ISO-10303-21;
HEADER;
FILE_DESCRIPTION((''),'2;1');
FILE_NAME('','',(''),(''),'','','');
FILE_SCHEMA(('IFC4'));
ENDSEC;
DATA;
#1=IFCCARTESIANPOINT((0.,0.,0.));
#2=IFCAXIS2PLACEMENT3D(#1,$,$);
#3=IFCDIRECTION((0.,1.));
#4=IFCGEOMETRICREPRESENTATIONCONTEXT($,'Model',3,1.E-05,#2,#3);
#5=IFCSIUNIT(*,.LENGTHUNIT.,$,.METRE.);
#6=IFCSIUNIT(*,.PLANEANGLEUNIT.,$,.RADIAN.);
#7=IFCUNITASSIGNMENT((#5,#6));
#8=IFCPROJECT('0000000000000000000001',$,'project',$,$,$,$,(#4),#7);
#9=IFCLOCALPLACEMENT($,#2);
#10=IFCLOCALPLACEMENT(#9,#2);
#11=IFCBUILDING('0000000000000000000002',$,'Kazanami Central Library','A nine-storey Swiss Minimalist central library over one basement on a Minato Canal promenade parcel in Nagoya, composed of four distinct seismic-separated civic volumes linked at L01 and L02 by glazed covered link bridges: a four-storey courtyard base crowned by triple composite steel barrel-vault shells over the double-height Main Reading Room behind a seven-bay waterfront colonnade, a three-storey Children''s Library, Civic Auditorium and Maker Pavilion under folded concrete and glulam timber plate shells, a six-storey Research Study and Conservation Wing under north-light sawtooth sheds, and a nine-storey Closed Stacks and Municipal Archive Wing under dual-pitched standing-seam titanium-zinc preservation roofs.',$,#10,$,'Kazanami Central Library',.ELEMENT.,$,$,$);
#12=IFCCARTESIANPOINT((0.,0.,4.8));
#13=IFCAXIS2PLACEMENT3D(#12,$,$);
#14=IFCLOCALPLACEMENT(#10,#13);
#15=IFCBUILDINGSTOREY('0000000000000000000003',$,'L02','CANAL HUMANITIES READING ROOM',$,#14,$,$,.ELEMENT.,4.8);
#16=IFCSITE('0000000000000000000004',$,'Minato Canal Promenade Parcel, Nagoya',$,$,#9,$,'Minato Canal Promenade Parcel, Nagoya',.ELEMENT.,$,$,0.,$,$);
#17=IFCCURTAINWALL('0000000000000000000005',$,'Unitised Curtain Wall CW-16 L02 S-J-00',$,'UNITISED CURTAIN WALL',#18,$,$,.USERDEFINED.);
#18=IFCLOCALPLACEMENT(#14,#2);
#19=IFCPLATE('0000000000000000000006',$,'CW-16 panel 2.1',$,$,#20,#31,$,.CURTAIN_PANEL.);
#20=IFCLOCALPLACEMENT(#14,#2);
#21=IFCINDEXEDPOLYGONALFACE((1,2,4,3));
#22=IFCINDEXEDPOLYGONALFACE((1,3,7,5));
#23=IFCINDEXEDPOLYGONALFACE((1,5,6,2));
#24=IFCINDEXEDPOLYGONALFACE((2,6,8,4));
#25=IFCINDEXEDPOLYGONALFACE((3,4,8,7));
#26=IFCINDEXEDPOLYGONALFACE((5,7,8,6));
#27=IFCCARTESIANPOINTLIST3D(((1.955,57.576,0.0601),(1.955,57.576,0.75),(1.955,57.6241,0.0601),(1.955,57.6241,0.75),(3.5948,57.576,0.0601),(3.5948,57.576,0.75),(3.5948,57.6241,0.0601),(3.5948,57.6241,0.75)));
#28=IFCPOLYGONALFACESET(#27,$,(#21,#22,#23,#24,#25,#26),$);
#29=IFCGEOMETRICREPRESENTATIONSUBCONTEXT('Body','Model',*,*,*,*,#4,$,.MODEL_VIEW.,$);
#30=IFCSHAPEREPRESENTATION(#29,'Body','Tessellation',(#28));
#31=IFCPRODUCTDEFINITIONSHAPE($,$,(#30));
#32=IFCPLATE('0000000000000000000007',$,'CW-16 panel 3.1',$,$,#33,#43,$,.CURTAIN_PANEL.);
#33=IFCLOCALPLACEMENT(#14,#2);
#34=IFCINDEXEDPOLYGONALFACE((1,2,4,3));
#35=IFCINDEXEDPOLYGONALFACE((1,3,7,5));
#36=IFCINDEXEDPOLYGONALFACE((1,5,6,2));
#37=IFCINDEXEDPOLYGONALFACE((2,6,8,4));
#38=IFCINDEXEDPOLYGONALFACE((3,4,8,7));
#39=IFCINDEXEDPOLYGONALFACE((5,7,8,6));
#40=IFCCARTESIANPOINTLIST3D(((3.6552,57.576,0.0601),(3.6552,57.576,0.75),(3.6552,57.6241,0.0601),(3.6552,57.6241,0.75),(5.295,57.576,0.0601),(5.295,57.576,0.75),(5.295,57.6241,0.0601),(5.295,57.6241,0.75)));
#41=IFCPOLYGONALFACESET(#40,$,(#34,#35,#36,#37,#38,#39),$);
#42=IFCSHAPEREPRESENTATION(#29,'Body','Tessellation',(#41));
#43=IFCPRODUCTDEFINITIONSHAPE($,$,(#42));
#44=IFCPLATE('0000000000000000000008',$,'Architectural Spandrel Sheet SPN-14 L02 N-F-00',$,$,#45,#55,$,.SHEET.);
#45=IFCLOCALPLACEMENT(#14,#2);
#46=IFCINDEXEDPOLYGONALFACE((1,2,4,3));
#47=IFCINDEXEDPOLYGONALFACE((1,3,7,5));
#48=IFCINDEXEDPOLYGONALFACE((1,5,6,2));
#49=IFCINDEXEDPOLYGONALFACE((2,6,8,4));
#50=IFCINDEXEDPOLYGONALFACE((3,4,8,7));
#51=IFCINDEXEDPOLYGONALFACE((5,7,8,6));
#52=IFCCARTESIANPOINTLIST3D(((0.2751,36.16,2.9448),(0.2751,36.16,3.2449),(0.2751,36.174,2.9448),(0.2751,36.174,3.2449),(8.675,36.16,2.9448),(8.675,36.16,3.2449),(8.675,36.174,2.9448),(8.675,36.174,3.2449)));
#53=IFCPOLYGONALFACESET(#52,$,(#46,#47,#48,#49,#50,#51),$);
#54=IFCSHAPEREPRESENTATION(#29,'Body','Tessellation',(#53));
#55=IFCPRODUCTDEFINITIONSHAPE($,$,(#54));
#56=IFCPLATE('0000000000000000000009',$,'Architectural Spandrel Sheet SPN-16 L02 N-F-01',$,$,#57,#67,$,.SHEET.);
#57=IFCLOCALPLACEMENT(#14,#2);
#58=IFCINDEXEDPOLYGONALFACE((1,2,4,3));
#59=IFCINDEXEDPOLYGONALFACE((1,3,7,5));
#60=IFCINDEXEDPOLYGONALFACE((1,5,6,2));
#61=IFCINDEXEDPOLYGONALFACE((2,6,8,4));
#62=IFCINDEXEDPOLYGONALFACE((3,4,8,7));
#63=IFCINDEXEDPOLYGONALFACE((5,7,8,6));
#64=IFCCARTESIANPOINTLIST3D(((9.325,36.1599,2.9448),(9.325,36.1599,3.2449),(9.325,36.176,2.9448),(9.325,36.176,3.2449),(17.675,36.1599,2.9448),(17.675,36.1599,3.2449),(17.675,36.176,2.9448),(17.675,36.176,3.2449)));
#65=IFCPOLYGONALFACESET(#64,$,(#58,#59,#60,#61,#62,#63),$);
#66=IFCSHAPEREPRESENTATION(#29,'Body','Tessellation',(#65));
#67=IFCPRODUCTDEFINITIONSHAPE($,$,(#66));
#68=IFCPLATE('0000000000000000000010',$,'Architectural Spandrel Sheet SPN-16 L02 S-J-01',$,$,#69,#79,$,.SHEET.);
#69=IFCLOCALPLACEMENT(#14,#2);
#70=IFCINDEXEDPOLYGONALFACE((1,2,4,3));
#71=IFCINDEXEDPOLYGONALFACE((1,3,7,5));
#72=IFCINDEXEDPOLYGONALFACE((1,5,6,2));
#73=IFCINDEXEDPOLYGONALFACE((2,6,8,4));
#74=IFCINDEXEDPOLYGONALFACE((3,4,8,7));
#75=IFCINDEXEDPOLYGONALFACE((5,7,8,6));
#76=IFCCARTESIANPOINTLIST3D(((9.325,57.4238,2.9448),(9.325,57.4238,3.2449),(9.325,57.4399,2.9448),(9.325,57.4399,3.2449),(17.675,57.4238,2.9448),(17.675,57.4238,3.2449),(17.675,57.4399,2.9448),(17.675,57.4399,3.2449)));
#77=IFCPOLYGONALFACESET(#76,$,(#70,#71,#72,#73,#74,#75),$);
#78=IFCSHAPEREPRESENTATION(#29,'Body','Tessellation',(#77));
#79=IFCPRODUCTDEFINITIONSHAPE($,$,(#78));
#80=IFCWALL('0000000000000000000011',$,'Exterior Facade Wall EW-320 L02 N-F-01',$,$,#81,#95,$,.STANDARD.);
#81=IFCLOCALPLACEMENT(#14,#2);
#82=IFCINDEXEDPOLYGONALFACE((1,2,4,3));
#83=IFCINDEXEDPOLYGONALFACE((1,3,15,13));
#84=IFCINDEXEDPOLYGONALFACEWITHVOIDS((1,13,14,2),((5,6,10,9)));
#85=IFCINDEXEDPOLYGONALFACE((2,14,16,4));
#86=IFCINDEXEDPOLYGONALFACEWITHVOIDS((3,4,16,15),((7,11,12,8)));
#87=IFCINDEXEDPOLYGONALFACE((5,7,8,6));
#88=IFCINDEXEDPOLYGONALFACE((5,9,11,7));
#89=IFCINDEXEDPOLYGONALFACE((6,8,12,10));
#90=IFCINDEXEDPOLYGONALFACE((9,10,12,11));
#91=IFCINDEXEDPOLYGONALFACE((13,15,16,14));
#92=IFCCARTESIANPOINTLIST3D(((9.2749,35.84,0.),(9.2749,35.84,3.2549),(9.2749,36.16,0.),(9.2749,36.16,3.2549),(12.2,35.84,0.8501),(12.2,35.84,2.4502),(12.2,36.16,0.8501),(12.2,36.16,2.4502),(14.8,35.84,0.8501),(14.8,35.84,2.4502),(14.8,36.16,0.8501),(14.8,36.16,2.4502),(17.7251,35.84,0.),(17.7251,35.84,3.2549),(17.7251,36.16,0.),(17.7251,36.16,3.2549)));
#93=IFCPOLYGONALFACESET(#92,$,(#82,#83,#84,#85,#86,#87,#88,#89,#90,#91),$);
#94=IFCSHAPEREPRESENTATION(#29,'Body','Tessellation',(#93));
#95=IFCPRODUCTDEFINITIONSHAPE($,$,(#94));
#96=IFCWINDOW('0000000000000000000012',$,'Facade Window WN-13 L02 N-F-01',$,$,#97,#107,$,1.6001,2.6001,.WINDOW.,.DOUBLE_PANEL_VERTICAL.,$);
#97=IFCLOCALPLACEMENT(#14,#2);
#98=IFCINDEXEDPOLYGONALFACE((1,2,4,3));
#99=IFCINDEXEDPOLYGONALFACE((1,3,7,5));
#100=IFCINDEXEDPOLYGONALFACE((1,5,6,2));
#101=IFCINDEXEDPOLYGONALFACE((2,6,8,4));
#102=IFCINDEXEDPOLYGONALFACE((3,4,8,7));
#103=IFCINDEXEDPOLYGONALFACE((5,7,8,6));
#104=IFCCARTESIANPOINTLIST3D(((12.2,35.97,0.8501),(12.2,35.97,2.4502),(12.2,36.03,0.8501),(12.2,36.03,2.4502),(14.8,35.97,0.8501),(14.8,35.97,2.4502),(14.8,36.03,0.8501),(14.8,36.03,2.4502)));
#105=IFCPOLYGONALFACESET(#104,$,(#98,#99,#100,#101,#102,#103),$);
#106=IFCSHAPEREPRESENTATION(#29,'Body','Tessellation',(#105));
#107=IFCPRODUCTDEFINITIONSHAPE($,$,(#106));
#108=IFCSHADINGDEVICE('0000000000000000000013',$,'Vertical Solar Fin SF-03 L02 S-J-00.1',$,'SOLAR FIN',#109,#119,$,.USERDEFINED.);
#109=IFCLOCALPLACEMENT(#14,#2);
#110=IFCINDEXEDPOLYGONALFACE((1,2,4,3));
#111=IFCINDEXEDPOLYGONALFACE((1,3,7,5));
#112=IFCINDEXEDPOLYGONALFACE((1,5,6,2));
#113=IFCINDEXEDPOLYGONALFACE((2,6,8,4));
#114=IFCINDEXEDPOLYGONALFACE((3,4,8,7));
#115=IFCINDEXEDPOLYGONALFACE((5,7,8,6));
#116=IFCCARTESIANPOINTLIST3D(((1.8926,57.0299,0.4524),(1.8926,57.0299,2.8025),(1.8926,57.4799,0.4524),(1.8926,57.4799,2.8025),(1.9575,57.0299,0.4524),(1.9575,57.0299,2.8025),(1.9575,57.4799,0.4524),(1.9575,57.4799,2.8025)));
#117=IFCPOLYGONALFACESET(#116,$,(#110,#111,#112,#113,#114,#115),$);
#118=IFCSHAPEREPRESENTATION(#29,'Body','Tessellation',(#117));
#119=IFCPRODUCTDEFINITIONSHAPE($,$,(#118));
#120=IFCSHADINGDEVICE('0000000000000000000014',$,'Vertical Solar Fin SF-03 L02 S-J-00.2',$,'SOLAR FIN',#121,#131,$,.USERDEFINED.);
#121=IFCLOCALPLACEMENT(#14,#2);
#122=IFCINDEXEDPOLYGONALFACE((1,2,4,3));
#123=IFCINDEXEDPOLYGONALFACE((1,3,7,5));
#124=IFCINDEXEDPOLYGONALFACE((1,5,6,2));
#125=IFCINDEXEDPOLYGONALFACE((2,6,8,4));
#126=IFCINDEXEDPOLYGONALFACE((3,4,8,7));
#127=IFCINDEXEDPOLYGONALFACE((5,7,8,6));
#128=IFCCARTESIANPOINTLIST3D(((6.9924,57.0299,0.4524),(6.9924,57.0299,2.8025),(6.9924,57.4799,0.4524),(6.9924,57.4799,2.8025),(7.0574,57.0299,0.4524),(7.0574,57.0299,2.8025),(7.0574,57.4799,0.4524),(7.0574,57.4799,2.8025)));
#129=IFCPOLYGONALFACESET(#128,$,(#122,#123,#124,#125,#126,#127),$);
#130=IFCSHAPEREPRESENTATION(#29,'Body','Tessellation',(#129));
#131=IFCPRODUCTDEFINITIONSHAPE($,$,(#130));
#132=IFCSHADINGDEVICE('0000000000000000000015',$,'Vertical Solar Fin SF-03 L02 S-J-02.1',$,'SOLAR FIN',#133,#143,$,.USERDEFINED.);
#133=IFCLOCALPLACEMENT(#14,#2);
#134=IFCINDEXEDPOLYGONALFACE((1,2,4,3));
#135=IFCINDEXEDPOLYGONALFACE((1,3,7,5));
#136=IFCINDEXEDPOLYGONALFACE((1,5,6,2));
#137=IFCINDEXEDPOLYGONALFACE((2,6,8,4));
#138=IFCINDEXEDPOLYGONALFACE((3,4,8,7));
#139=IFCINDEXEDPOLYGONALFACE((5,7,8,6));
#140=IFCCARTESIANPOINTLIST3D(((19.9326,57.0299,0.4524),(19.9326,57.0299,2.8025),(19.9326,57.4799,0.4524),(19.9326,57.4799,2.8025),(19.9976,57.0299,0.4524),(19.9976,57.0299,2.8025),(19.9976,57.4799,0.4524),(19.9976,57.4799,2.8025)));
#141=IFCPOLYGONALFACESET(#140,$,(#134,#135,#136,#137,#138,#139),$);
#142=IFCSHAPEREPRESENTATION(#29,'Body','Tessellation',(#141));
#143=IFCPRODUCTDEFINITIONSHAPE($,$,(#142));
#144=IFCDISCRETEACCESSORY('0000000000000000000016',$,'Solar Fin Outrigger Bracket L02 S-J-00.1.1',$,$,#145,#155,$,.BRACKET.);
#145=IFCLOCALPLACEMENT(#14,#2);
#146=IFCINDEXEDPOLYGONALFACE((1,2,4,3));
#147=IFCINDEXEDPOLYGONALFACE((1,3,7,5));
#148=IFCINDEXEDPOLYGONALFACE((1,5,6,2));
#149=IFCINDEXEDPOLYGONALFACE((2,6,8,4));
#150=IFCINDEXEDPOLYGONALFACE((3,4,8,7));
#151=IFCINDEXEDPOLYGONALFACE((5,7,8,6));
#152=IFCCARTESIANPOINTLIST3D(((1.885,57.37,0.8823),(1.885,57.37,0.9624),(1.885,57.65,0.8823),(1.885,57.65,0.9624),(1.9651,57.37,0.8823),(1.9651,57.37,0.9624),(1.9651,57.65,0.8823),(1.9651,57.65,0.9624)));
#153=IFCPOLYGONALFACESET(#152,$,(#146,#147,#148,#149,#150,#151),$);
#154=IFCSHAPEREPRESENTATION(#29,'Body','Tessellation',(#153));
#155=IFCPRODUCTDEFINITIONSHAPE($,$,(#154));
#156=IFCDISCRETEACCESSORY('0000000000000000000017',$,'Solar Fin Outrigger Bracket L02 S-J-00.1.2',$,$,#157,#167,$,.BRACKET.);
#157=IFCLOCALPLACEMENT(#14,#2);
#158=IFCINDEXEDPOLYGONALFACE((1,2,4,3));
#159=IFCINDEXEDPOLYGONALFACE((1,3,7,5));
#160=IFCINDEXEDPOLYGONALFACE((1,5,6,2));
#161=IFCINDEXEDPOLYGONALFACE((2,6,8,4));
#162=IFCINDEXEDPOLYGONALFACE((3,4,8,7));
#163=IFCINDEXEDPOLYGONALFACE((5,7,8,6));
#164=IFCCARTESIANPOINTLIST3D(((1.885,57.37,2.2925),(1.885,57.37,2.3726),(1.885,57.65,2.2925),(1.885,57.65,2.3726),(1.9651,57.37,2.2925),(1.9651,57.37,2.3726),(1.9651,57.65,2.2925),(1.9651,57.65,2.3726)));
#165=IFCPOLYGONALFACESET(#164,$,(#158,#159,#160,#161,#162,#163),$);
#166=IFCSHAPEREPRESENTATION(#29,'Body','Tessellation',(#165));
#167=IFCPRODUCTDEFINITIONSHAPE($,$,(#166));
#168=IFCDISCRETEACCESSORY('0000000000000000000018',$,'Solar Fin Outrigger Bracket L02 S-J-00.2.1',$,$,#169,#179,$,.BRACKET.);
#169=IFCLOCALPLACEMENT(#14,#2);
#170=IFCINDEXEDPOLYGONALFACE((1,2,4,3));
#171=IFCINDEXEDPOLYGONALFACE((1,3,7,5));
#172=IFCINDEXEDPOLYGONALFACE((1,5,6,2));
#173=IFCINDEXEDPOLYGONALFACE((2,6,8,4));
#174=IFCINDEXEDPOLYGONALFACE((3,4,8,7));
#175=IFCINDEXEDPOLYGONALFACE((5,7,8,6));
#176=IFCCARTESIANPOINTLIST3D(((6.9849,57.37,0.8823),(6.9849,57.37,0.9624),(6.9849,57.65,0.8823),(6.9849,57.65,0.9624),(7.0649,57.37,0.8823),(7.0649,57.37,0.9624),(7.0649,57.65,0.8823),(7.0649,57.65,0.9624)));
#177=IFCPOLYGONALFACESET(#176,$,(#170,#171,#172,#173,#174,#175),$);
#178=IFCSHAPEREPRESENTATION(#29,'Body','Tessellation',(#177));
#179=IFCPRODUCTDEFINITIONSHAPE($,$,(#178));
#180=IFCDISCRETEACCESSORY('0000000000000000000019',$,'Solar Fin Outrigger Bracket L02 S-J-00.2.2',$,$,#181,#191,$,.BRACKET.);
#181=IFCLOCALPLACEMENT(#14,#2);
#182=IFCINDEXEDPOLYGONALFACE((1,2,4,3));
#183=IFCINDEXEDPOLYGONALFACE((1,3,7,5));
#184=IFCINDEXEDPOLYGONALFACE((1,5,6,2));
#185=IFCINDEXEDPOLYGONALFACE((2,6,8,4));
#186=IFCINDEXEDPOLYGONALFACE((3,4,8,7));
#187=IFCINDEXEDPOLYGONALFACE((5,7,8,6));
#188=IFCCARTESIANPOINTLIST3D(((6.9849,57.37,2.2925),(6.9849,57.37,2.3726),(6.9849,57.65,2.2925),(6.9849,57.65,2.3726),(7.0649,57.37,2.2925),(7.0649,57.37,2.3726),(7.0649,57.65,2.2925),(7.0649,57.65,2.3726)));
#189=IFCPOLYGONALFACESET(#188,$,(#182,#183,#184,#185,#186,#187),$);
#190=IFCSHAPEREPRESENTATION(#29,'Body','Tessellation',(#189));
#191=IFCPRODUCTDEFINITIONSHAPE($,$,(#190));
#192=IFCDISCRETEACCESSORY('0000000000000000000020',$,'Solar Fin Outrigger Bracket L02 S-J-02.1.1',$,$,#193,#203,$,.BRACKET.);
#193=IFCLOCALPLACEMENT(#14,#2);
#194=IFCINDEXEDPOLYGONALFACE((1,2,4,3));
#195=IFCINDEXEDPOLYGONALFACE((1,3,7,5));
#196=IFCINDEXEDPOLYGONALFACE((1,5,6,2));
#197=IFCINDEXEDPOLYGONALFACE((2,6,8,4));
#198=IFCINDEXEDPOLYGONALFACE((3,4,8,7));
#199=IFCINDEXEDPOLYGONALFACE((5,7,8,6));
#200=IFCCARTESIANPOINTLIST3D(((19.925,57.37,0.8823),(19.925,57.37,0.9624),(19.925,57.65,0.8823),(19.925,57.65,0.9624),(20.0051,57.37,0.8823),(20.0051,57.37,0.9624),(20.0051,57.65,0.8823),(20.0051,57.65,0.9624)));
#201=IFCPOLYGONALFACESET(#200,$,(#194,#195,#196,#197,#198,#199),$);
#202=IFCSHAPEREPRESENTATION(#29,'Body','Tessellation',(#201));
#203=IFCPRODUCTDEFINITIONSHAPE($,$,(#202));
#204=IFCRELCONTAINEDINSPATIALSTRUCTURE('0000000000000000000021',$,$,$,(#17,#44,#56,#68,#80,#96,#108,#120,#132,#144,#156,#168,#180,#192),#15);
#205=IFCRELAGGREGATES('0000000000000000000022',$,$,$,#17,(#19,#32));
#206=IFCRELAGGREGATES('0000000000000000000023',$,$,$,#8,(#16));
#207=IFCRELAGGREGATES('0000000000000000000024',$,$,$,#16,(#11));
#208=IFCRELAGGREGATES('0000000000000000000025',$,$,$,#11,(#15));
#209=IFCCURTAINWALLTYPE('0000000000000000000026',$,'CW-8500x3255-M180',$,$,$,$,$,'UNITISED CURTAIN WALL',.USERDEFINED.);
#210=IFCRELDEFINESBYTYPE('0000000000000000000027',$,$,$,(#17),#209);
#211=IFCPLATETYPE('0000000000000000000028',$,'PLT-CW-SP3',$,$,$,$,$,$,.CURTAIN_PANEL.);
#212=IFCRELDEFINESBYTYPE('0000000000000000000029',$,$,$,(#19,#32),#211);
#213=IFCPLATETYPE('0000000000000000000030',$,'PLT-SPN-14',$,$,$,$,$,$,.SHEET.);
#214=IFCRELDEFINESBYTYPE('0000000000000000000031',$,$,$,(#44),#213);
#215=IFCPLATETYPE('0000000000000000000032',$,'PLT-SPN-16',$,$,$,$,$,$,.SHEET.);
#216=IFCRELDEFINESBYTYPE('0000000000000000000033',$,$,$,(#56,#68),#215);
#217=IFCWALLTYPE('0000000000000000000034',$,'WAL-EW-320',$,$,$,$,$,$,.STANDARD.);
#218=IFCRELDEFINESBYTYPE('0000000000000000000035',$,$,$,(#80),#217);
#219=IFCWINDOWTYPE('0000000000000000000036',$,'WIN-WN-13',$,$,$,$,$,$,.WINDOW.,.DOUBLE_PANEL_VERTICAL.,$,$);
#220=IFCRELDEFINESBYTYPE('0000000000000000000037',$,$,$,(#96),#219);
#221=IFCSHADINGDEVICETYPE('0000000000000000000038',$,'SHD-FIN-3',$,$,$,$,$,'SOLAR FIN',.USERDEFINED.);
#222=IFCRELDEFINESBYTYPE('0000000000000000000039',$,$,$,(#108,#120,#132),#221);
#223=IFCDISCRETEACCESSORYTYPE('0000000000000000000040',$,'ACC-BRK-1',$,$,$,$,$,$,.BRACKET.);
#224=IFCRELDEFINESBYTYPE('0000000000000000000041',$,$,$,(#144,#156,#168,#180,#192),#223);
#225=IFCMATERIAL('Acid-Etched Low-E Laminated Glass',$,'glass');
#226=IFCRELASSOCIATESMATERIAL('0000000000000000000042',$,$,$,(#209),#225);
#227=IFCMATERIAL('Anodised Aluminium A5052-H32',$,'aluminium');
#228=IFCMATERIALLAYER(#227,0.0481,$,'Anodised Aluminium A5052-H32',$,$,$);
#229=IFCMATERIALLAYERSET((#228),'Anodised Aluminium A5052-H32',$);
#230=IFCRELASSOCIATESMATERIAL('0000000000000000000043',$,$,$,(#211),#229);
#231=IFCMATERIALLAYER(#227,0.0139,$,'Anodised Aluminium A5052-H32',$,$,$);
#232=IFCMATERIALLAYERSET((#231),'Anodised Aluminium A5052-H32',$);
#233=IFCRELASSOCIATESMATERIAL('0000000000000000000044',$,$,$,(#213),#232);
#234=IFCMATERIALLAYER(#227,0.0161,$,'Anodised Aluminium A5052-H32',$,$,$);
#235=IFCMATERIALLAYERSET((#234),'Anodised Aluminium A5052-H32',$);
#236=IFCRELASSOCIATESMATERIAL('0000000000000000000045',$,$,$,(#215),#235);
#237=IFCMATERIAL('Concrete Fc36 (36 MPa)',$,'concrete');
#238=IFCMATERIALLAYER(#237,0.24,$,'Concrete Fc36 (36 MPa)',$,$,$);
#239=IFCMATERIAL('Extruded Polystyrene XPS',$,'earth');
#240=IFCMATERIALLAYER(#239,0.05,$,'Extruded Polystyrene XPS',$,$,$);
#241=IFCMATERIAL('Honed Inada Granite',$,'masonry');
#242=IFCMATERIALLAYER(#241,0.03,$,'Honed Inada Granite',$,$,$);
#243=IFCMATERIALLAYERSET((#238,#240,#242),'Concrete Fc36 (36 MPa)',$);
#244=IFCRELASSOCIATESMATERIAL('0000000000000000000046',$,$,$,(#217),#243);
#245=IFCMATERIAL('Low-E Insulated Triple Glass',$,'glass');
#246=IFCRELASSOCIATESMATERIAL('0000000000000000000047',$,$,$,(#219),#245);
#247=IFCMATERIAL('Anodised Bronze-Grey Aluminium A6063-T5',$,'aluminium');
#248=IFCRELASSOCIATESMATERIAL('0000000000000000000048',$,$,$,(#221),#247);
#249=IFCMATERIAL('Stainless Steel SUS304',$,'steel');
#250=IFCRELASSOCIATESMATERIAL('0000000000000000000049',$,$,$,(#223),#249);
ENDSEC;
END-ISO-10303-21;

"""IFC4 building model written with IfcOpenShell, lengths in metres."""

from ifc_helpers import new_model, si_unit, direction, frame, frame_2d, origin, origin_2d, place, context, subcontext, project, spatial, rectangle, extrude, material, layer, layer_set, type_object, element, fill, aggregate, save


model = new_model("IFC4")

# Units and contexts
model_context = context("Model", 3, precision=1e-05, world=origin(), true_north=direction((0.0, 1.0)))
body_context = subcontext(model_context, "Body", "Model", "MODEL_VIEW")
ifc_project = project(units=[si_unit("LENGTHUNIT", "METRE"), si_unit("PLANEANGLEUNIT", "RADIAN")], contexts=[model_context])

# Site, building, storey
site_placement = place(None, origin())
site = spatial("IfcSite", under=ifc_project, at=site_placement, Name="Minato Canal Promenade Parcel, Nagoya", LongName="Minato Canal Promenade Parcel, Nagoya", CompositionType="ELEMENT", RefElevation=0.0)
building_placement = place(site_placement, origin())
building = spatial("IfcBuilding", under=site, at=building_placement, Name="Kazanami Central Library", Description="A nine-storey Swiss Minimalist central library over one basement on a Minato Canal promenade parcel in Nagoya, composed of four distinct seismic-separated civic volumes linked at L01 and L02 by glazed covered link bridges: a four-storey courtyard base crowned by triple composite steel barrel-vault shells over the double-height Main Reading Room behind a seven-bay waterfront colonnade, a three-storey Children's Library, Civic Auditorium and Maker Pavilion under folded concrete and glulam timber plate shells, a six-storey Research Study and Conservation Wing under north-light sawtooth sheds, and a nine-storey Closed Stacks and Municipal Archive Wing under dual-pitched standing-seam titanium-zinc preservation roofs.", LongName="Kazanami Central Library", CompositionType="ELEMENT")
storey_placement = place(building_placement, frame((0.0, 0.0, 4.8)))
storey = spatial("IfcBuildingStorey", under=building, at=storey_placement, Name="L02", Description="CANAL HUMANITIES READING ROOM", CompositionType="ELEMENT", Elevation=4.8)

# Curtain wall, plates
ifc_material_1 = material(Name="Acid-Etched Low-E Laminated Glass", Category="glass")
curtain_wall_type = type_object("IfcCurtainWallType", Name="CW-8500x3255-M180", ElementType="UNITISED CURTAIN WALL", PredefinedType="USERDEFINED", material=ifc_material_1)
curtain_wall_placement = place(storey_placement, origin())
curtain_wall = element("IfcCurtainWall", 1, at=curtain_wall_placement, inside=storey, type_object=curtain_wall_type, Name="Unitised Curtain Wall CW-16 L02 S-J-00", ObjectType="UNITISED CURTAIN WALL", PredefinedType="USERDEFINED")
ifc_material_2 = material(Name="Anodised Aluminium A5052-H32", Category="aluminium")
ifc_layer_1 = layer(ifc_material_2, 0.0481, Name="Anodised Aluminium A5052-H32")
ifc_layer_set_1 = layer_set([ifc_layer_1], Name="Anodised Aluminium A5052-H32")
plate_type_1 = type_object("IfcPlateType", Name="PLT-CW-SP3", PredefinedType="CURTAIN_PANEL", material=ifc_layer_set_1)
plate_1_placement = place(storey_placement, frame((2.7749, 57.6001, 0.0601), z_axis=(0.0, 0.0, 1.0), x_axis=(1.0, 0.0, 0.0)))
plate_1 = element("IfcPlate", 2, at=plate_1_placement, type_object=plate_type_1, Name="CW-16 panel 2.1", PredefinedType="CURTAIN_PANEL", context=body_context, shape_type="SweptSolid", body=[
    extrude(rectangle(XDim=1.6399, YDim=0.0481, at=origin_2d()), origin(), (0.0, 0.0, 1.0), 0.6899),
])
plate_2_placement = place(storey_placement, frame((4.4751, 57.6001, 0.0601), z_axis=(0.0, 0.0, 1.0), x_axis=(1.0, 0.0, 0.0)))
plate_2 = element("IfcPlate", 3, at=plate_2_placement, type_object=plate_type_1, Name="CW-16 panel 3.1", PredefinedType="CURTAIN_PANEL", context=body_context, shape_type="SweptSolid", body=[
    extrude(rectangle(XDim=1.6399, YDim=0.0481, at=origin_2d()), origin(), (0.0, 0.0, 1.0), 0.6899),
])
aggregate(curtain_wall, [plate_1, plate_2])

# Plates
ifc_layer_2 = layer(ifc_material_2, 0.0139, Name="Anodised Aluminium A5052-H32")
ifc_layer_set_2 = layer_set([ifc_layer_2], Name="Anodised Aluminium A5052-H32")
plate_type_2 = type_object("IfcPlateType", Name="PLT-SPN-14", PredefinedType="SHEET", material=ifc_layer_set_2)
plate_3_placement = place(storey_placement, frame((4.4751, 36.167, 2.9448), z_axis=(0.0, 0.0, 1.0), x_axis=(-1.0, 0.0, 0.0)))
element("IfcPlate", 4, at=plate_3_placement, inside=storey, type_object=plate_type_2, Name="Architectural Spandrel Sheet SPN-14 L02 N-F-00", PredefinedType="SHEET", context=body_context, shape_type="SweptSolid", body=[
    extrude(rectangle(XDim=8.3999, YDim=0.0139, at=origin_2d()), origin(), (0.0, 0.0, 1.0), 0.3),
])
ifc_layer_3 = layer(ifc_material_2, 0.0161, Name="Anodised Aluminium A5052-H32")
ifc_layer_set_3 = layer_set([ifc_layer_3], Name="Anodised Aluminium A5052-H32")
plate_type_3 = type_object("IfcPlateType", Name="PLT-SPN-16", PredefinedType="SHEET", material=ifc_layer_set_3)
for number, where, z_axis, x_axis, name in (
    (5, (13.5, 36.168, 2.9448), (0.0, 0.0, 1.0), (-1.0, 0.0, 0.0), "Architectural Spandrel Sheet SPN-16 L02 N-F-01"),
    (6, (13.5, 57.4319, 2.9448), (0.0, 0.0, 1.0), (1.0, 0.0, 0.0), "Architectural Spandrel Sheet SPN-16 L02 S-J-01"),
):
    element("IfcPlate", number, at=place(storey_placement, frame(where, z_axis=z_axis, x_axis=x_axis)), inside=storey, type_object=plate_type_3, Name=name, PredefinedType="SHEET", context=body_context, shape_type="SweptSolid", body=[
        extrude(rectangle(XDim=8.3501, YDim=0.0161, at=origin_2d()), origin(), (0.0, 0.0, 1.0), 0.3),
    ])

# Wall, opening, window
ifc_material_3 = material(Name="Concrete Fc36 (36 MPa)", Category="concrete")
ifc_layer_4 = layer(ifc_material_3, 0.24, Name="Concrete Fc36 (36 MPa)")
ifc_material_4 = material(Name="Extruded Polystyrene XPS", Category="earth")
ifc_layer_5 = layer(ifc_material_4, 0.05, Name="Extruded Polystyrene XPS")
ifc_material_5 = material(Name="Honed Inada Granite", Category="masonry")
ifc_layer_6 = layer(ifc_material_5, 0.03, Name="Honed Inada Granite")
ifc_layer_set_4 = layer_set([ifc_layer_4, ifc_layer_5, ifc_layer_6], Name="Concrete Fc36 (36 MPa)")
wall_type = type_object("IfcWallType", Name="WAL-EW-320", PredefinedType="STANDARD", material=ifc_layer_set_4)
wall_placement = place(storey_placement, frame((17.7251, 36.0, 0.0), z_axis=(0.0, 0.0, 1.0), x_axis=(-1.0, 0.0, 0.0)))
wall = element("IfcWall", 7, at=wall_placement, inside=storey, type_object=wall_type, Name="Exterior Facade Wall EW-320 L02 N-F-01", PredefinedType="STANDARD", context=body_context, shape_type="SweptSolid", body=[
    extrude(rectangle(XDim=8.4502, YDim=0.3201, at=frame_2d((4.2251, 0.0))), origin(), (0.0, 0.0, 1.0), 3.2549),
])
opening_placement = place(wall_placement, frame((2.925, 0.0, 0.8501)))
opening = element("IfcOpeningElement", 8, at=opening_placement, cuts=wall, PredefinedType="OPENING", context=body_context, shape_type="SweptSolid", body=[
    extrude(rectangle(XDim=2.6001, YDim=1.6001, at=frame_2d((1.3, 0.8))), frame((0.0, 0.1719, 0.0), z_axis=(0.0, -1.0, 0.0), x_axis=(1.0, 0.0, 0.0)), (0.0, 0.0, 1.0), 0.344),
])
ifc_material_6 = material(Name="Low-E Insulated Triple Glass", Category="glass")
window_type = type_object("IfcWindowType", Name="WIN-WN-13", PartitioningType="DOUBLE_PANEL_VERTICAL", PredefinedType="WINDOW", material=ifc_material_6)
window_placement = place(opening_placement, origin())
window = element("IfcWindow", 9, at=window_placement, inside=storey, type_object=window_type, Name="Facade Window WN-13 L02 N-F-01", OverallHeight=1.6001, OverallWidth=2.6001, PartitioningType="DOUBLE_PANEL_VERTICAL", PredefinedType="WINDOW", context=body_context, shape_type="SweptSolid", body=[
    extrude(rectangle(XDim=2.6001, YDim=1.6001, at=frame_2d((1.3, 0.8))), frame((0.0, 0.03, 0.0), z_axis=(0.0, -1.0, 0.0), x_axis=(1.0, 0.0, 0.0)), (0.0, 0.0, 1.0), 0.0601),
])
fill(opening, window)

# Shading devices
ifc_material_7 = material(Name="Anodised Bronze-Grey Aluminium A6063-T5", Category="aluminium")
shading_device_type = type_object("IfcShadingDeviceType", Name="SHD-FIN-3", ElementType="SOLAR FIN", PredefinedType="USERDEFINED", material=ifc_material_7)
for number, where, z_axis, x_axis, name in (
    (10, (1.925, 57.2549, 0.4524), (0.0, 0.0, 1.0), (1.0, 0.0, 0.0), "Vertical Solar Fin SF-03 L02 S-J-00.1"),
    (11, (7.0249, 57.2549, 0.4524), (0.0, 0.0, 1.0), (1.0, 0.0, 0.0), "Vertical Solar Fin SF-03 L02 S-J-00.2"),
    (12, (19.9651, 57.2549, 0.4524), (0.0, 0.0, 1.0), (1.0, 0.0, 0.0), "Vertical Solar Fin SF-03 L02 S-J-02.1"),
):
    element("IfcShadingDevice", number, at=place(storey_placement, frame(where, z_axis=z_axis, x_axis=x_axis)), inside=storey, type_object=shading_device_type, Name=name, ObjectType="SOLAR FIN", PredefinedType="USERDEFINED", context=body_context, shape_type="SweptSolid", body=[
        extrude(rectangle(XDim=0.0649, YDim=0.45, at=origin_2d()), origin(), (0.0, 0.0, 1.0), 2.3501),
    ])

# Discrete accessories
ifc_material_8 = material(Name="Stainless Steel SUS304", Category="steel")
discrete_accessory_type = type_object("IfcDiscreteAccessoryType", Name="ACC-BRK-1", PredefinedType="BRACKET", material=ifc_material_8)
for number, where, z_axis, x_axis, name in (
    (13, (1.925, 57.51, 0.8823), (0.0, 0.0, 1.0), (1.0, 0.0, 0.0), "Solar Fin Outrigger Bracket L02 S-J-00.1.1"),
    (14, (1.925, 57.51, 2.2925), (0.0, 0.0, 1.0), (1.0, 0.0, 0.0), "Solar Fin Outrigger Bracket L02 S-J-00.1.2"),
    (15, (7.0249, 57.51, 0.8823), (0.0, 0.0, 1.0), (1.0, 0.0, 0.0), "Solar Fin Outrigger Bracket L02 S-J-00.2.1"),
    (16, (7.0249, 57.51, 2.2925), (0.0, 0.0, 1.0), (1.0, 0.0, 0.0), "Solar Fin Outrigger Bracket L02 S-J-00.2.2"),
    (17, (19.9651, 57.51, 0.8823), (0.0, 0.0, 1.0), (1.0, 0.0, 0.0), "Solar Fin Outrigger Bracket L02 S-J-02.1.1"),
):
    element("IfcDiscreteAccessory", number, at=place(storey_placement, frame(where, z_axis=z_axis, x_axis=x_axis)), inside=storey, type_object=discrete_accessory_type, Name=name, PredefinedType="BRACKET", context=body_context, shape_type="SweptSolid", body=[
        extrude(rectangle(XDim=0.0801, YDim=0.28, at=origin_2d()), origin(), (0.0, 0.0, 1.0), 0.0801),
    ])

save(model, "model.ifc")
